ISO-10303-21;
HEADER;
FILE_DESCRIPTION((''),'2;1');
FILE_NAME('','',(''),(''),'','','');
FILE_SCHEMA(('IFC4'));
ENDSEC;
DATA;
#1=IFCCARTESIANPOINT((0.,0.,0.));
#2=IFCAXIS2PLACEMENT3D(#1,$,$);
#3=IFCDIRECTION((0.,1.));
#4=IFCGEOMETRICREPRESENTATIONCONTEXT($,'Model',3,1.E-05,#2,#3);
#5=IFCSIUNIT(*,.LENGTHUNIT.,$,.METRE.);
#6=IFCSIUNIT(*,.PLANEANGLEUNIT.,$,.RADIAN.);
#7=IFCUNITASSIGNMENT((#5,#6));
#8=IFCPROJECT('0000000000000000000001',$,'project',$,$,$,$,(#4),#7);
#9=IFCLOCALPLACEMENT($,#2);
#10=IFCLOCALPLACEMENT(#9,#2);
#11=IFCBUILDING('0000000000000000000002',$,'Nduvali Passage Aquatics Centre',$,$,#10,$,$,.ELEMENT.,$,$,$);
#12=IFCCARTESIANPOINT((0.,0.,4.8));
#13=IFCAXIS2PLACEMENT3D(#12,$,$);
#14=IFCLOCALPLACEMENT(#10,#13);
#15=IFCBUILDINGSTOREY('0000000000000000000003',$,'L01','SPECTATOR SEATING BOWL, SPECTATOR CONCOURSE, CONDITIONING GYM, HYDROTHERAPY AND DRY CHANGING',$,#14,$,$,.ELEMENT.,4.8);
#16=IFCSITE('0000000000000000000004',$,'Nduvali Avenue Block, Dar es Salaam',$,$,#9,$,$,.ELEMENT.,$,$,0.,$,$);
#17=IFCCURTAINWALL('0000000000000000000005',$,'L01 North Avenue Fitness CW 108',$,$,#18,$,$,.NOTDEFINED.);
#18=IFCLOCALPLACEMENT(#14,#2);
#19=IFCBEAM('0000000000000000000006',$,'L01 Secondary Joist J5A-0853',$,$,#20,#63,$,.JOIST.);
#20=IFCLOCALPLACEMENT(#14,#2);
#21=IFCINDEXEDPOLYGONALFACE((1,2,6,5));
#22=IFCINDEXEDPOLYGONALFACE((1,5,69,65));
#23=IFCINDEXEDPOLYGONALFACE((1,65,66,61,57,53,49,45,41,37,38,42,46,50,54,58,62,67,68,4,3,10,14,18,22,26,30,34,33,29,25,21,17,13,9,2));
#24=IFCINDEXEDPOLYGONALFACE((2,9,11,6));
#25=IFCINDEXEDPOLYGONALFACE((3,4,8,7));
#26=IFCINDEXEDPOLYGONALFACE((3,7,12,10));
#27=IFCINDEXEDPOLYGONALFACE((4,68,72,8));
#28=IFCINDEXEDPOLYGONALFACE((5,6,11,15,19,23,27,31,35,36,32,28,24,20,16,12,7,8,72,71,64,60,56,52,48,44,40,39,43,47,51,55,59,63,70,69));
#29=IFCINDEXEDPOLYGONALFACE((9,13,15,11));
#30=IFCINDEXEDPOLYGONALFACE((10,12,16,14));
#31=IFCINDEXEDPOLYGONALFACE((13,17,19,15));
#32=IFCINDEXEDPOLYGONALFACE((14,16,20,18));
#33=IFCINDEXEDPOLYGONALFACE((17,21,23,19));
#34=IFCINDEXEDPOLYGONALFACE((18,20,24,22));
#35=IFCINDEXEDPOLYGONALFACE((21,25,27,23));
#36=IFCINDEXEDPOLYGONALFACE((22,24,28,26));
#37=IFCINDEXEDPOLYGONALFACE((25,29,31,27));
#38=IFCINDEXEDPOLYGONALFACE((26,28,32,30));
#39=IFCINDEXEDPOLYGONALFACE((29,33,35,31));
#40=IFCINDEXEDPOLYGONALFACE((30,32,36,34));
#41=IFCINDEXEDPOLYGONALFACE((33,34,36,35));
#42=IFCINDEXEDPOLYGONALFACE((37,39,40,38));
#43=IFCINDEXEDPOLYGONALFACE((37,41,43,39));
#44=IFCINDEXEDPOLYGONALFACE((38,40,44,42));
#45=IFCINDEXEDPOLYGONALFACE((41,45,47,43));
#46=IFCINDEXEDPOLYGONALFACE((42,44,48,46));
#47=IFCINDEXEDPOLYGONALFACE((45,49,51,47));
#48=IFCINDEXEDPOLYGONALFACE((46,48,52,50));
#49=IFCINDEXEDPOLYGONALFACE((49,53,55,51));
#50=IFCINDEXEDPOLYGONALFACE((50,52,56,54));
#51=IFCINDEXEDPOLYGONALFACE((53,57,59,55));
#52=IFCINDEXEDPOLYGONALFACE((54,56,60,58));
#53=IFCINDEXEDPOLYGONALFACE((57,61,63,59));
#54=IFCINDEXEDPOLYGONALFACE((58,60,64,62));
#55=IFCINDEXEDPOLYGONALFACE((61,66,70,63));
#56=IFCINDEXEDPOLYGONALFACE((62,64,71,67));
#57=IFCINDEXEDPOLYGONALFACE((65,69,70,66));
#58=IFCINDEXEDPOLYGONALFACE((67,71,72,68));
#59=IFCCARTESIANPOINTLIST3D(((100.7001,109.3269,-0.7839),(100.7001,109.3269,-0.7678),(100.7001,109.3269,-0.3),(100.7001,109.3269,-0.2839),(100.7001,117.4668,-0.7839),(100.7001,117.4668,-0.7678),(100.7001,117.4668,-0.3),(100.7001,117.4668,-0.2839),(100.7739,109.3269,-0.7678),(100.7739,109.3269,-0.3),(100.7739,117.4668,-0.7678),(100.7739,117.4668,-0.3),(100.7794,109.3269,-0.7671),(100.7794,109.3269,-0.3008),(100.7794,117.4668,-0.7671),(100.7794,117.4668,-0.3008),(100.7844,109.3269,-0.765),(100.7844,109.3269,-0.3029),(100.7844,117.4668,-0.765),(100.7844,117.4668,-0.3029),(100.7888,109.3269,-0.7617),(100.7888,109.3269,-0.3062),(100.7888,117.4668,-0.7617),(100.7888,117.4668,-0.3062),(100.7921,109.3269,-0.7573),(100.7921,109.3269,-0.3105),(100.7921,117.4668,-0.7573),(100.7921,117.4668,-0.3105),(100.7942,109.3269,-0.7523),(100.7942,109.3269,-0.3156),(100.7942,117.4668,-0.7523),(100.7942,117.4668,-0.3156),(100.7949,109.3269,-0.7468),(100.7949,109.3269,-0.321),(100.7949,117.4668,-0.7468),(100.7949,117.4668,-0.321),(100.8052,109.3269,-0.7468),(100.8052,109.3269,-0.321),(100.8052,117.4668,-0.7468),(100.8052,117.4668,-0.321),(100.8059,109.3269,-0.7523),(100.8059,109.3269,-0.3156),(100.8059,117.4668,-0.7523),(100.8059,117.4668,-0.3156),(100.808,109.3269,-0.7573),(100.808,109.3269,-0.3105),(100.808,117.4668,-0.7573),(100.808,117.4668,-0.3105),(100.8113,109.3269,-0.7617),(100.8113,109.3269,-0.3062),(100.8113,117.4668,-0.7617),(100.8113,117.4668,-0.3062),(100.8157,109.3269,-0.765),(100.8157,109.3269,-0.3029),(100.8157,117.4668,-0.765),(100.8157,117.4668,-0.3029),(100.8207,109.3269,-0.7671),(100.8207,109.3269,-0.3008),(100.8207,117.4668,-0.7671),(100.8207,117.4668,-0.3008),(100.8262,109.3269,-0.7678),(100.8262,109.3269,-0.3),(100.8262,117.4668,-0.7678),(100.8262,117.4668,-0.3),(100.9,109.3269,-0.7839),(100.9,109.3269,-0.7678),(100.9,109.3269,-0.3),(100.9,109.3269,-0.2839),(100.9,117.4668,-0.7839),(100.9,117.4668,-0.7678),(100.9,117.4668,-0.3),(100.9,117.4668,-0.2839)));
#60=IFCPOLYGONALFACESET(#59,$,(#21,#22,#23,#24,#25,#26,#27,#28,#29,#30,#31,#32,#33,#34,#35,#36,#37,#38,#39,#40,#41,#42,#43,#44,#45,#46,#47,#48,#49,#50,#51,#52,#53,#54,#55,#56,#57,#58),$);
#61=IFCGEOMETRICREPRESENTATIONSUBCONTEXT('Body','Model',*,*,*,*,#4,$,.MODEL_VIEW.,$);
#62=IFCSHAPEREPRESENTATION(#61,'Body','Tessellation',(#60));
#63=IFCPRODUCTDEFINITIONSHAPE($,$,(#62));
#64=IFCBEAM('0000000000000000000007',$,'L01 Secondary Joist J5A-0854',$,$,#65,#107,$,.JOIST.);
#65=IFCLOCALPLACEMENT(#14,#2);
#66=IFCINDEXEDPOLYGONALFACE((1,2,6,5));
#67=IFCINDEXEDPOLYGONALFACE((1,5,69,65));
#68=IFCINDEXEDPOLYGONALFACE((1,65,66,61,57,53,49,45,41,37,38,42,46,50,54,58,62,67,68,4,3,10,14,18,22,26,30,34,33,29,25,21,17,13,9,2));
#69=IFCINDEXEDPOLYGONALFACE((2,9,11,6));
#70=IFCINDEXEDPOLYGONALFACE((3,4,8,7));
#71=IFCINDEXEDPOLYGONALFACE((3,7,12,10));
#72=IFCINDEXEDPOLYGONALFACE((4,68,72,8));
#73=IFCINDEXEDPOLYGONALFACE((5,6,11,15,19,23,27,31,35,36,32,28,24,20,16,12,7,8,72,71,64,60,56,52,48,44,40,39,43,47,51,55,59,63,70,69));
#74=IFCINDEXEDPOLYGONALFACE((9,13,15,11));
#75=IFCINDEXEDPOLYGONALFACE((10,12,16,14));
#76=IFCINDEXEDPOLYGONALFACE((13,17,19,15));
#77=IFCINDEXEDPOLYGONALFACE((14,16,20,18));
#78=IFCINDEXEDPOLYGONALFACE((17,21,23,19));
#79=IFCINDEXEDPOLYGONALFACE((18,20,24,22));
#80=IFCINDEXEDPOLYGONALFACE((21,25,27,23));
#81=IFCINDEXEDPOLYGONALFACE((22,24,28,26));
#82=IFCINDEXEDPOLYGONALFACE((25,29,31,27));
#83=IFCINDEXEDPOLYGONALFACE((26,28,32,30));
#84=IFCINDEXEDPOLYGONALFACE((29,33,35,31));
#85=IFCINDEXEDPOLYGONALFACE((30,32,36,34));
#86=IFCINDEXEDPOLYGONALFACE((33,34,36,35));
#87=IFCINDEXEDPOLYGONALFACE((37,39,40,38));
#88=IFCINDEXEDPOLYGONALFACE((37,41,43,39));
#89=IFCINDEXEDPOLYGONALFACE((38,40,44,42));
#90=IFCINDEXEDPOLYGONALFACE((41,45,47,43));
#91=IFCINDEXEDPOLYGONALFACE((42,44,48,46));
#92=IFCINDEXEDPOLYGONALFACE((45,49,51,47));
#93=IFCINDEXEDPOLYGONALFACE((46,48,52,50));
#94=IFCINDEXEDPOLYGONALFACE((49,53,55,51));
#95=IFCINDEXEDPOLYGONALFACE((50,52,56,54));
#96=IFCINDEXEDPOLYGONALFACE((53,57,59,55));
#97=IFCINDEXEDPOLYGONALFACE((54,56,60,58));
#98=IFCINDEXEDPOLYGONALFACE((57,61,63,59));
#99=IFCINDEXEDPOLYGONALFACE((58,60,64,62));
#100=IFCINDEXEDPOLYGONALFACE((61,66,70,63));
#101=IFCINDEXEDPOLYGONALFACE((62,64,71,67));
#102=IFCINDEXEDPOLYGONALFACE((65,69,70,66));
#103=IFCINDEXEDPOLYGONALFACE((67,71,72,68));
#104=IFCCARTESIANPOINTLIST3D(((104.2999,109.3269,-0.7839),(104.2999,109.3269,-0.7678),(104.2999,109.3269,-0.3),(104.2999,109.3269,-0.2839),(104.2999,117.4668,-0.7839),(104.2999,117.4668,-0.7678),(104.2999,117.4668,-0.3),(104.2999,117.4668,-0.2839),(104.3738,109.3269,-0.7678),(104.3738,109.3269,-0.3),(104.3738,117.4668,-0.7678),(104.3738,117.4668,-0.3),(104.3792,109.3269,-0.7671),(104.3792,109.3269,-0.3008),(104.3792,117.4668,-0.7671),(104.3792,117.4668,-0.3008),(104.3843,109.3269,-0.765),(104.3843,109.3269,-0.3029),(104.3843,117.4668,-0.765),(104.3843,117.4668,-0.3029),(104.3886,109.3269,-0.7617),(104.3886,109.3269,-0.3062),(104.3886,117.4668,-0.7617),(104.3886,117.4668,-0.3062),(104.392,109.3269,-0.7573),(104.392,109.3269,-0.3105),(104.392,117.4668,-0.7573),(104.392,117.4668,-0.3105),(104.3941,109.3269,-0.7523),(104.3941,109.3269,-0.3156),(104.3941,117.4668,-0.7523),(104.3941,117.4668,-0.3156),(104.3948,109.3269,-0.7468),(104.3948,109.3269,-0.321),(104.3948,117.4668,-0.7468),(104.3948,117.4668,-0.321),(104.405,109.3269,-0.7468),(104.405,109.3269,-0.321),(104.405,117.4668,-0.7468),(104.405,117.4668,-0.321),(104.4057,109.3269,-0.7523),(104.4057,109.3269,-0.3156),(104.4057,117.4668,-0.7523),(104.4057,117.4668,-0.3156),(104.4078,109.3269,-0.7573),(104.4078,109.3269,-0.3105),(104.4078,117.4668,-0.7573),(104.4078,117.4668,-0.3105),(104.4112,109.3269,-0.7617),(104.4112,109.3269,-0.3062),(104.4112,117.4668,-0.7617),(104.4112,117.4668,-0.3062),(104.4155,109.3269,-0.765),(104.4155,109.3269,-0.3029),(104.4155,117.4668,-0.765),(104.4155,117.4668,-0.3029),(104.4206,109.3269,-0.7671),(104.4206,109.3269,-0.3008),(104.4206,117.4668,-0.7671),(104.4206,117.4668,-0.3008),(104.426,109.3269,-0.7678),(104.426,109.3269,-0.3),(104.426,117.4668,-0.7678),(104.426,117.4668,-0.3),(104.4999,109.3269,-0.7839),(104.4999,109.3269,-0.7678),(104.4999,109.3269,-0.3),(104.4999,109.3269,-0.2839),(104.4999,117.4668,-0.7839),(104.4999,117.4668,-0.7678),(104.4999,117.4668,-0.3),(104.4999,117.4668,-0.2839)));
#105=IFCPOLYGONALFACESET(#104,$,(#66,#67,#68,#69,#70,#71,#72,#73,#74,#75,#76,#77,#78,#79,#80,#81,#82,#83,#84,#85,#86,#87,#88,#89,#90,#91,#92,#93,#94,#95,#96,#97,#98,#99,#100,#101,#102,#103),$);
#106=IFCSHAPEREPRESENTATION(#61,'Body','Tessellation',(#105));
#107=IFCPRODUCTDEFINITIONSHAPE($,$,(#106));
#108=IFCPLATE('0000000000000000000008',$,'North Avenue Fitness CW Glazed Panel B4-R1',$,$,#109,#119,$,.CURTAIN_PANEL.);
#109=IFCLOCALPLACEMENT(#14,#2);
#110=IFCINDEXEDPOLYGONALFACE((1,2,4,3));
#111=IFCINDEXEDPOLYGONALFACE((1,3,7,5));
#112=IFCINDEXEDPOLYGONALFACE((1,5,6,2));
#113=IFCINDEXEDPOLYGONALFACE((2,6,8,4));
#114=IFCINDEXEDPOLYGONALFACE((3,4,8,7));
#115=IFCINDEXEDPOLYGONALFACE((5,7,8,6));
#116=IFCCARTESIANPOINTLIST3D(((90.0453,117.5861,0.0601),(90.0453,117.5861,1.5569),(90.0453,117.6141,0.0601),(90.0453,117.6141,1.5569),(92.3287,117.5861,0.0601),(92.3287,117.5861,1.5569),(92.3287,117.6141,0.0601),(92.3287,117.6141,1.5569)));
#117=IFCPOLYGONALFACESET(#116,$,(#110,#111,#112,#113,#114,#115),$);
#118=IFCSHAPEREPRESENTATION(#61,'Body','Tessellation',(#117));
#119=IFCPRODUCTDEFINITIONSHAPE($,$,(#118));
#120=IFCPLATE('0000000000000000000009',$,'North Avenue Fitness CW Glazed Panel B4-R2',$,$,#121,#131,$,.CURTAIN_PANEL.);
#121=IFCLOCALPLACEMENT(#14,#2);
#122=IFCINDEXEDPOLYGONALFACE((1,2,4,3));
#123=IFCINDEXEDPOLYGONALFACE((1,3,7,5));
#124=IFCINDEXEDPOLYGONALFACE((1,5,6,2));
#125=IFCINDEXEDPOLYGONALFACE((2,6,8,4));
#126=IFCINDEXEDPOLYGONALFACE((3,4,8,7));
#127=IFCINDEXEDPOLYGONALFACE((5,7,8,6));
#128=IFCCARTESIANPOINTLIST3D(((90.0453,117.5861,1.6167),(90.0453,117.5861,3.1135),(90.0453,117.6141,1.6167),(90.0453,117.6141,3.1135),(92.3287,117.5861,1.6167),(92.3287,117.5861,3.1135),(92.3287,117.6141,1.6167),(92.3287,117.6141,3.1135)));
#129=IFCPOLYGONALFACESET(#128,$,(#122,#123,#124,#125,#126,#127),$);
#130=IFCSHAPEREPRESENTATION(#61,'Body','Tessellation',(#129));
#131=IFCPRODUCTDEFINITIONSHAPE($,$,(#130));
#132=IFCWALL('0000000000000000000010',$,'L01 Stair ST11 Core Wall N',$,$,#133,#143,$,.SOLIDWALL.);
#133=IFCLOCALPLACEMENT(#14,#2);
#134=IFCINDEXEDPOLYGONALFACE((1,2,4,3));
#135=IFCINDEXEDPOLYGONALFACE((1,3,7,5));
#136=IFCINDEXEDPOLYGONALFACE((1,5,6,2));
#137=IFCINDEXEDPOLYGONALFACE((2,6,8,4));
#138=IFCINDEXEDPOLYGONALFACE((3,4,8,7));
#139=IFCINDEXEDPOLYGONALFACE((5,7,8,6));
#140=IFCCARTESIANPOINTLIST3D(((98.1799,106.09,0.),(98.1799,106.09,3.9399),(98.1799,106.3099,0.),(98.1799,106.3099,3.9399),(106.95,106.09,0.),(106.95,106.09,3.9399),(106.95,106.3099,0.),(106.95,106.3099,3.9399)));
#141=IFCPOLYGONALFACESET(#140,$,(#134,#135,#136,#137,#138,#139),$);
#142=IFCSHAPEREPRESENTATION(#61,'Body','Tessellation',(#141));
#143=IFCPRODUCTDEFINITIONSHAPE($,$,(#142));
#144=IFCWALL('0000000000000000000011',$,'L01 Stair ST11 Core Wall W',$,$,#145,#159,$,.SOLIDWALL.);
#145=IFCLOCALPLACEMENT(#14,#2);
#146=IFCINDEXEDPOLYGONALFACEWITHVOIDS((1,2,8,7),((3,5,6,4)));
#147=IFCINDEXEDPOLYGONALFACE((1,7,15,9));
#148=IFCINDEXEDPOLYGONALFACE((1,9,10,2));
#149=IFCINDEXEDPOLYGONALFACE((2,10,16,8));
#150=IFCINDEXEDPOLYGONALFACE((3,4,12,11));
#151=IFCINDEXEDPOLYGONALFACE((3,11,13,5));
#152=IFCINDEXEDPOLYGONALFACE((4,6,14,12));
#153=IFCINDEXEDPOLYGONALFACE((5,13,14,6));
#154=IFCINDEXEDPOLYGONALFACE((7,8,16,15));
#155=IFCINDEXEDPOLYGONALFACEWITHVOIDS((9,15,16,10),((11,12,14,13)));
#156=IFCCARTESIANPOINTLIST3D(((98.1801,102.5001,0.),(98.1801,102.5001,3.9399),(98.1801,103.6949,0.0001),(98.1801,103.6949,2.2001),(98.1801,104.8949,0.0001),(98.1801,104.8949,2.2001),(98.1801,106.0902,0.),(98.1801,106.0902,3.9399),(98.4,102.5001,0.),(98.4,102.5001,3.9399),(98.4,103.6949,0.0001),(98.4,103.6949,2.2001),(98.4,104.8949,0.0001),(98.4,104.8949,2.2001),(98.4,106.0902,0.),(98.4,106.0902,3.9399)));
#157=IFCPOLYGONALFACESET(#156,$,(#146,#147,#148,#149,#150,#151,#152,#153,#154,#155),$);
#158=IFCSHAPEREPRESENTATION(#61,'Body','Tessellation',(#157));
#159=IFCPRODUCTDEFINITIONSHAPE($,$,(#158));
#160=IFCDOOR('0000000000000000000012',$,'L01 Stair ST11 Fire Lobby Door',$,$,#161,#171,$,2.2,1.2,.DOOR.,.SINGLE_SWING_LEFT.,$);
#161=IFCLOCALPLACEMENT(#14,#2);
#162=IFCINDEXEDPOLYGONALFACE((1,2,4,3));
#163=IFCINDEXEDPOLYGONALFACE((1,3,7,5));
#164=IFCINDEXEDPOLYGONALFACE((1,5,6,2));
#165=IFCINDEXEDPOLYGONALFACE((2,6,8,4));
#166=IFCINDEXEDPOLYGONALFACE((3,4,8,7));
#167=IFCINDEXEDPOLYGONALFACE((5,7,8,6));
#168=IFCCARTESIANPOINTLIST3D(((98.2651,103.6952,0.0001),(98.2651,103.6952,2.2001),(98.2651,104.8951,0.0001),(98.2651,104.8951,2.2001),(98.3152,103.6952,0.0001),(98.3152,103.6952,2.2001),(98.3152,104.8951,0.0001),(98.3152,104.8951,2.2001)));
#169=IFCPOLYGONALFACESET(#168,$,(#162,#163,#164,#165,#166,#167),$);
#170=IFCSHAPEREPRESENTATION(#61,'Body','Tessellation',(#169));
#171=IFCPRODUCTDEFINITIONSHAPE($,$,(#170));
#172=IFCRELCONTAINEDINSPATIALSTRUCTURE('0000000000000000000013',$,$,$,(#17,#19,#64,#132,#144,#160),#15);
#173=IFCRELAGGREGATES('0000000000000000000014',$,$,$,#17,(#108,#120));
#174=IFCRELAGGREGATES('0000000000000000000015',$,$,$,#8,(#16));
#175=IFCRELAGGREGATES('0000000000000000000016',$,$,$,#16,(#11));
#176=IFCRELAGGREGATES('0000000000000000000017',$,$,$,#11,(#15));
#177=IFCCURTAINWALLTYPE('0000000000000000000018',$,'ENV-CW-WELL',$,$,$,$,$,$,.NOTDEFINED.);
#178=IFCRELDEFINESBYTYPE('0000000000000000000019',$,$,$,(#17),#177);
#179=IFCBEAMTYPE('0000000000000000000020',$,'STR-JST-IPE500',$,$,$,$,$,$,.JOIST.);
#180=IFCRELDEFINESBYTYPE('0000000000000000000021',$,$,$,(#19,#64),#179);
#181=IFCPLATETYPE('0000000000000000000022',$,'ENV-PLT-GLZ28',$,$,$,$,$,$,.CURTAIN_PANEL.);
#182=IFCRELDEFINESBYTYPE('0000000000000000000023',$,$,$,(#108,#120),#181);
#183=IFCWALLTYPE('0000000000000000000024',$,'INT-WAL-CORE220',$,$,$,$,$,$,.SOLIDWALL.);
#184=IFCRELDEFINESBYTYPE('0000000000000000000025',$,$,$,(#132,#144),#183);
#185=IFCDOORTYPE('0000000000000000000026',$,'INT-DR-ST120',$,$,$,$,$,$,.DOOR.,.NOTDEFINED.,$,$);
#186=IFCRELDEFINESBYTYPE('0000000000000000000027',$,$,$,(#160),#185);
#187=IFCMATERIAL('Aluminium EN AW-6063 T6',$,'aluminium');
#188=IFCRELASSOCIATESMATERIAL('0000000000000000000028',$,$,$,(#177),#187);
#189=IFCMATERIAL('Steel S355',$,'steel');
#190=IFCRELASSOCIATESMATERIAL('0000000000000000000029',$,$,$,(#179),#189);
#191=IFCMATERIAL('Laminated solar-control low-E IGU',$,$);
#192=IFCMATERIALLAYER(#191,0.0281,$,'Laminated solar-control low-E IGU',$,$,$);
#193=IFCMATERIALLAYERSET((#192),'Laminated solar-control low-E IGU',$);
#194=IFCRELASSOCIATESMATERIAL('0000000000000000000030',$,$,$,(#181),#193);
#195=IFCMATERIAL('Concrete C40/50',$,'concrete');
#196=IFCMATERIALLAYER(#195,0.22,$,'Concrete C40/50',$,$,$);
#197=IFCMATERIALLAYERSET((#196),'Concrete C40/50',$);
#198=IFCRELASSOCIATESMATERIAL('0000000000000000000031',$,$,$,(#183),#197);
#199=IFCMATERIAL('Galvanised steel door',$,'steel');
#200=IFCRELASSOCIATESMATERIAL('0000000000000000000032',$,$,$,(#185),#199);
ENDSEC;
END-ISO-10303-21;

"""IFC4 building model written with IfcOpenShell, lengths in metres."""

from ifc_helpers import new_model, si_unit, direction, frame, frame_2d, origin, origin_2d, place, context, subcontext, project, spatial, rectangle, i_section, extrude, material, layer, layer_set, material_profile, profile_set, type_object, element, fill, aggregate, save


model = new_model("IFC4")

# Units and contexts
model_context = context("Model", 3, precision=1e-05, world=origin(), true_north=direction((0.0, 1.0)))
body_context = subcontext(model_context, "Body", "Model", "MODEL_VIEW")
ifc_project = project(units=[si_unit("LENGTHUNIT", "METRE"), si_unit("PLANEANGLEUNIT", "RADIAN")], contexts=[model_context])

# Site, building, storey
site_placement = place(None, origin())
site = spatial("IfcSite", under=ifc_project, at=site_placement, Name="Nduvali Avenue Block, Dar es Salaam", CompositionType="ELEMENT", RefElevation=0.0)
building_placement = place(site_placement, origin())
building = spatial("IfcBuilding", under=site, at=building_placement, Name="Nduvali Passage Aquatics Centre", CompositionType="ELEMENT")
storey_placement = place(building_placement, frame((0.0, 0.0, 4.8)))
storey = spatial("IfcBuildingStorey", under=building, at=storey_placement, Name="L01", Description="SPECTATOR SEATING BOWL, SPECTATOR CONCOURSE, CONDITIONING GYM, HYDROTHERAPY AND DRY CHANGING", CompositionType="ELEMENT", Elevation=4.8)

# Shared definitions
ifc_material_1 = material(Name="Steel S355", Category="steel")

# Curtain wall
ifc_material_2 = material(Name="Aluminium EN AW-6063 T6", Category="aluminium")
curtain_wall_type = type_object("IfcCurtainWallType", Name="ENV-CW-WELL", PredefinedType="NOTDEFINED", material=ifc_material_2)
curtain_wall_placement = place(storey_placement, origin())
curtain_wall = element("IfcCurtainWall", 1, at=curtain_wall_placement, inside=storey, type_object=curtain_wall_type, Name="L01 North Avenue Fitness CW 108", PredefinedType="NOTDEFINED")

# Beams
ifc_material_profile_1 = material_profile(ifc_material_1, i_section(OverallWidth=0.2, OverallDepth=0.5, WebThickness=0.0103, FlangeThickness=0.0161, FilletRadius=0.021, at=origin_2d()), Name="IPE 500")
ifc_profile_set_1 = profile_set([ifc_material_profile_1], Name="Steel S355")
beam_type_1 = type_object("IfcBeamType", Name="STR-JST-IPE500", PredefinedType="JOIST", material=ifc_profile_set_1)
for number, where, z_axis, x_axis, name in (
    (2, (100.8, 109.3269, -0.5339), (0.0, 1.0, 0.0), (-1.0, 0.0, 0.0), "L01 Secondary Joist J5A-0853"),
    (3, (104.3999, 109.3269, -0.5339), (0.0, 1.0, 0.0), (-1.0, 0.0, 0.0), "L01 Secondary Joist J5A-0854"),
):
    element("IfcBeam", number, at=place(storey_placement, frame(where, z_axis=z_axis, x_axis=x_axis)), inside=storey, type_object=beam_type_1, Name=name, PredefinedType="JOIST", context=body_context, shape_type="SweptSolid", body=[
        extrude(i_section(OverallWidth=0.2, OverallDepth=0.5, WebThickness=0.0103, FlangeThickness=0.0161, FilletRadius=0.021, at=origin_2d()), origin(), (0.0, 0.0, 1.0), 8.1399),
    ])

# Plates
ifc_material_3 = material(Name="Laminated solar-control low-E IGU")
ifc_layer_1 = layer(ifc_material_3, 0.0281, Name="Laminated solar-control low-E IGU")
ifc_layer_set_1 = layer_set([ifc_layer_1], Name="Laminated solar-control low-E IGU")
plate_type = type_object("IfcPlateType", Name="ENV-PLT-GLZ28", PredefinedType="CURTAIN_PANEL", material=ifc_layer_set_1)
plate_1_placement = place(storey_placement, frame((91.187, 117.6001, 0.0601), z_axis=(0.0, 0.0, 1.0), x_axis=(1.0, 0.0, 0.0)))
plate_1 = element("IfcPlate", 4, at=plate_1_placement, type_object=plate_type, Name="North Avenue Fitness CW Glazed Panel B4-R1", PredefinedType="CURTAIN_PANEL", context=body_context, shape_type="SweptSolid", body=[
    extrude(rectangle(XDim=2.2834, YDim=0.0281, at=origin_2d()), origin(), (0.0, 0.0, 1.0), 1.4968),
])
plate_2_placement = place(storey_placement, frame((91.187, 117.6001, 1.6167), z_axis=(0.0, 0.0, 1.0), x_axis=(1.0, 0.0, 0.0)))
plate_2 = element("IfcPlate", 5, at=plate_2_placement, type_object=plate_type, Name="North Avenue Fitness CW Glazed Panel B4-R2", PredefinedType="CURTAIN_PANEL", context=body_context, shape_type="SweptSolid", body=[
    extrude(rectangle(XDim=2.2834, YDim=0.0281, at=origin_2d()), origin(), (0.0, 0.0, 1.0), 1.4968),
])
aggregate(curtain_wall, [plate_1, plate_2])

# Wall
ifc_material_4 = material(Name="Concrete C40/50", Category="concrete")
ifc_layer_2 = layer(ifc_material_4, 0.22, Name="Concrete C40/50")
ifc_layer_set_2 = layer_set([ifc_layer_2], Name="Concrete C40/50")
wall_type_1 = type_object("IfcWallType", Name="INT-WAL-CORE220", PredefinedType="SOLIDWALL", material=ifc_layer_set_2)
wall_1_placement = place(storey_placement, frame((106.95, 106.2, 0.0), z_axis=(0.0, 0.0, 1.0), x_axis=(-1.0, 0.0, 0.0)))
element("IfcWall", 6, at=wall_1_placement, inside=storey, type_object=wall_type_1, Name="L01 Stair ST11 Core Wall N", PredefinedType="SOLIDWALL", context=body_context, shape_type="SweptSolid", body=[
    extrude(rectangle(XDim=8.77, YDim=0.22, at=frame_2d((4.385, 0.0))), origin(), (0.0, 0.0, 1.0), 3.9399),
])

# Wall, opening, door
wall_2_placement = place(storey_placement, frame((98.29, 106.0901, 0.0), z_axis=(0.0, 0.0, 1.0), x_axis=(0.0, -1.0, 0.0)))
wall_2 = element("IfcWall", 7, at=wall_2_placement, inside=storey, type_object=wall_type_1, Name="L01 Stair ST11 Core Wall W", PredefinedType="SOLIDWALL", context=body_context, shape_type="SweptSolid", body=[
    extrude(rectangle(XDim=3.5901, YDim=0.22, at=frame_2d((1.7949, 0.0))), origin(), (0.0, 0.0, 1.0), 3.9399),
])
opening_1_placement = place(wall_2_placement, frame((1.1951, 0.0, 0.0)))
opening_1 = element("IfcOpeningElement", 8, at=opening_1_placement, cuts=wall_2, PredefinedType="OPENING", context=body_context, shape_type="SweptSolid", body=[
    extrude(rectangle(XDim=1.2, YDim=2.2, at=frame_2d((0.6001, 1.1001))), frame((0.0, 0.125, 0.0), z_axis=(0.0, -1.0, 0.0), x_axis=(1.0, 0.0, 0.0)), (0.0, 0.0, 1.0), 0.2498),
])
ifc_material_5 = material(Name="Galvanised steel door", Category="steel")
door_type_1 = type_object("IfcDoorType", Name="INT-DR-ST120", OperationType="NOTDEFINED", PredefinedType="DOOR", material=ifc_material_5)
door_1_placement = place(opening_1_placement, frame((1.2, 0.0, 0.0), z_axis=(0.0, 0.0, 1.0), x_axis=(-1.0, 0.0, 0.0)))
door_1 = element("IfcDoor", 9, at=door_1_placement, inside=storey, type_object=door_type_1, Name="L01 Stair ST11 Fire Lobby Door", OperationType="SINGLE_SWING_LEFT", OverallHeight=2.2, OverallWidth=1.2, PredefinedType="DOOR", context=body_context, shape_type="SweptSolid", body=[
    extrude(rectangle(XDim=1.2, YDim=2.2, at=frame_2d((0.6001, 1.1001))), frame((0.0, 0.0249, 0.0), z_axis=(0.0, -1.0, 0.0), x_axis=(1.0, 0.0, 0.0)), (0.0, 0.0, 1.0), 0.05),
])
fill(opening_1, door_1)

save(model, "model.ifc")
